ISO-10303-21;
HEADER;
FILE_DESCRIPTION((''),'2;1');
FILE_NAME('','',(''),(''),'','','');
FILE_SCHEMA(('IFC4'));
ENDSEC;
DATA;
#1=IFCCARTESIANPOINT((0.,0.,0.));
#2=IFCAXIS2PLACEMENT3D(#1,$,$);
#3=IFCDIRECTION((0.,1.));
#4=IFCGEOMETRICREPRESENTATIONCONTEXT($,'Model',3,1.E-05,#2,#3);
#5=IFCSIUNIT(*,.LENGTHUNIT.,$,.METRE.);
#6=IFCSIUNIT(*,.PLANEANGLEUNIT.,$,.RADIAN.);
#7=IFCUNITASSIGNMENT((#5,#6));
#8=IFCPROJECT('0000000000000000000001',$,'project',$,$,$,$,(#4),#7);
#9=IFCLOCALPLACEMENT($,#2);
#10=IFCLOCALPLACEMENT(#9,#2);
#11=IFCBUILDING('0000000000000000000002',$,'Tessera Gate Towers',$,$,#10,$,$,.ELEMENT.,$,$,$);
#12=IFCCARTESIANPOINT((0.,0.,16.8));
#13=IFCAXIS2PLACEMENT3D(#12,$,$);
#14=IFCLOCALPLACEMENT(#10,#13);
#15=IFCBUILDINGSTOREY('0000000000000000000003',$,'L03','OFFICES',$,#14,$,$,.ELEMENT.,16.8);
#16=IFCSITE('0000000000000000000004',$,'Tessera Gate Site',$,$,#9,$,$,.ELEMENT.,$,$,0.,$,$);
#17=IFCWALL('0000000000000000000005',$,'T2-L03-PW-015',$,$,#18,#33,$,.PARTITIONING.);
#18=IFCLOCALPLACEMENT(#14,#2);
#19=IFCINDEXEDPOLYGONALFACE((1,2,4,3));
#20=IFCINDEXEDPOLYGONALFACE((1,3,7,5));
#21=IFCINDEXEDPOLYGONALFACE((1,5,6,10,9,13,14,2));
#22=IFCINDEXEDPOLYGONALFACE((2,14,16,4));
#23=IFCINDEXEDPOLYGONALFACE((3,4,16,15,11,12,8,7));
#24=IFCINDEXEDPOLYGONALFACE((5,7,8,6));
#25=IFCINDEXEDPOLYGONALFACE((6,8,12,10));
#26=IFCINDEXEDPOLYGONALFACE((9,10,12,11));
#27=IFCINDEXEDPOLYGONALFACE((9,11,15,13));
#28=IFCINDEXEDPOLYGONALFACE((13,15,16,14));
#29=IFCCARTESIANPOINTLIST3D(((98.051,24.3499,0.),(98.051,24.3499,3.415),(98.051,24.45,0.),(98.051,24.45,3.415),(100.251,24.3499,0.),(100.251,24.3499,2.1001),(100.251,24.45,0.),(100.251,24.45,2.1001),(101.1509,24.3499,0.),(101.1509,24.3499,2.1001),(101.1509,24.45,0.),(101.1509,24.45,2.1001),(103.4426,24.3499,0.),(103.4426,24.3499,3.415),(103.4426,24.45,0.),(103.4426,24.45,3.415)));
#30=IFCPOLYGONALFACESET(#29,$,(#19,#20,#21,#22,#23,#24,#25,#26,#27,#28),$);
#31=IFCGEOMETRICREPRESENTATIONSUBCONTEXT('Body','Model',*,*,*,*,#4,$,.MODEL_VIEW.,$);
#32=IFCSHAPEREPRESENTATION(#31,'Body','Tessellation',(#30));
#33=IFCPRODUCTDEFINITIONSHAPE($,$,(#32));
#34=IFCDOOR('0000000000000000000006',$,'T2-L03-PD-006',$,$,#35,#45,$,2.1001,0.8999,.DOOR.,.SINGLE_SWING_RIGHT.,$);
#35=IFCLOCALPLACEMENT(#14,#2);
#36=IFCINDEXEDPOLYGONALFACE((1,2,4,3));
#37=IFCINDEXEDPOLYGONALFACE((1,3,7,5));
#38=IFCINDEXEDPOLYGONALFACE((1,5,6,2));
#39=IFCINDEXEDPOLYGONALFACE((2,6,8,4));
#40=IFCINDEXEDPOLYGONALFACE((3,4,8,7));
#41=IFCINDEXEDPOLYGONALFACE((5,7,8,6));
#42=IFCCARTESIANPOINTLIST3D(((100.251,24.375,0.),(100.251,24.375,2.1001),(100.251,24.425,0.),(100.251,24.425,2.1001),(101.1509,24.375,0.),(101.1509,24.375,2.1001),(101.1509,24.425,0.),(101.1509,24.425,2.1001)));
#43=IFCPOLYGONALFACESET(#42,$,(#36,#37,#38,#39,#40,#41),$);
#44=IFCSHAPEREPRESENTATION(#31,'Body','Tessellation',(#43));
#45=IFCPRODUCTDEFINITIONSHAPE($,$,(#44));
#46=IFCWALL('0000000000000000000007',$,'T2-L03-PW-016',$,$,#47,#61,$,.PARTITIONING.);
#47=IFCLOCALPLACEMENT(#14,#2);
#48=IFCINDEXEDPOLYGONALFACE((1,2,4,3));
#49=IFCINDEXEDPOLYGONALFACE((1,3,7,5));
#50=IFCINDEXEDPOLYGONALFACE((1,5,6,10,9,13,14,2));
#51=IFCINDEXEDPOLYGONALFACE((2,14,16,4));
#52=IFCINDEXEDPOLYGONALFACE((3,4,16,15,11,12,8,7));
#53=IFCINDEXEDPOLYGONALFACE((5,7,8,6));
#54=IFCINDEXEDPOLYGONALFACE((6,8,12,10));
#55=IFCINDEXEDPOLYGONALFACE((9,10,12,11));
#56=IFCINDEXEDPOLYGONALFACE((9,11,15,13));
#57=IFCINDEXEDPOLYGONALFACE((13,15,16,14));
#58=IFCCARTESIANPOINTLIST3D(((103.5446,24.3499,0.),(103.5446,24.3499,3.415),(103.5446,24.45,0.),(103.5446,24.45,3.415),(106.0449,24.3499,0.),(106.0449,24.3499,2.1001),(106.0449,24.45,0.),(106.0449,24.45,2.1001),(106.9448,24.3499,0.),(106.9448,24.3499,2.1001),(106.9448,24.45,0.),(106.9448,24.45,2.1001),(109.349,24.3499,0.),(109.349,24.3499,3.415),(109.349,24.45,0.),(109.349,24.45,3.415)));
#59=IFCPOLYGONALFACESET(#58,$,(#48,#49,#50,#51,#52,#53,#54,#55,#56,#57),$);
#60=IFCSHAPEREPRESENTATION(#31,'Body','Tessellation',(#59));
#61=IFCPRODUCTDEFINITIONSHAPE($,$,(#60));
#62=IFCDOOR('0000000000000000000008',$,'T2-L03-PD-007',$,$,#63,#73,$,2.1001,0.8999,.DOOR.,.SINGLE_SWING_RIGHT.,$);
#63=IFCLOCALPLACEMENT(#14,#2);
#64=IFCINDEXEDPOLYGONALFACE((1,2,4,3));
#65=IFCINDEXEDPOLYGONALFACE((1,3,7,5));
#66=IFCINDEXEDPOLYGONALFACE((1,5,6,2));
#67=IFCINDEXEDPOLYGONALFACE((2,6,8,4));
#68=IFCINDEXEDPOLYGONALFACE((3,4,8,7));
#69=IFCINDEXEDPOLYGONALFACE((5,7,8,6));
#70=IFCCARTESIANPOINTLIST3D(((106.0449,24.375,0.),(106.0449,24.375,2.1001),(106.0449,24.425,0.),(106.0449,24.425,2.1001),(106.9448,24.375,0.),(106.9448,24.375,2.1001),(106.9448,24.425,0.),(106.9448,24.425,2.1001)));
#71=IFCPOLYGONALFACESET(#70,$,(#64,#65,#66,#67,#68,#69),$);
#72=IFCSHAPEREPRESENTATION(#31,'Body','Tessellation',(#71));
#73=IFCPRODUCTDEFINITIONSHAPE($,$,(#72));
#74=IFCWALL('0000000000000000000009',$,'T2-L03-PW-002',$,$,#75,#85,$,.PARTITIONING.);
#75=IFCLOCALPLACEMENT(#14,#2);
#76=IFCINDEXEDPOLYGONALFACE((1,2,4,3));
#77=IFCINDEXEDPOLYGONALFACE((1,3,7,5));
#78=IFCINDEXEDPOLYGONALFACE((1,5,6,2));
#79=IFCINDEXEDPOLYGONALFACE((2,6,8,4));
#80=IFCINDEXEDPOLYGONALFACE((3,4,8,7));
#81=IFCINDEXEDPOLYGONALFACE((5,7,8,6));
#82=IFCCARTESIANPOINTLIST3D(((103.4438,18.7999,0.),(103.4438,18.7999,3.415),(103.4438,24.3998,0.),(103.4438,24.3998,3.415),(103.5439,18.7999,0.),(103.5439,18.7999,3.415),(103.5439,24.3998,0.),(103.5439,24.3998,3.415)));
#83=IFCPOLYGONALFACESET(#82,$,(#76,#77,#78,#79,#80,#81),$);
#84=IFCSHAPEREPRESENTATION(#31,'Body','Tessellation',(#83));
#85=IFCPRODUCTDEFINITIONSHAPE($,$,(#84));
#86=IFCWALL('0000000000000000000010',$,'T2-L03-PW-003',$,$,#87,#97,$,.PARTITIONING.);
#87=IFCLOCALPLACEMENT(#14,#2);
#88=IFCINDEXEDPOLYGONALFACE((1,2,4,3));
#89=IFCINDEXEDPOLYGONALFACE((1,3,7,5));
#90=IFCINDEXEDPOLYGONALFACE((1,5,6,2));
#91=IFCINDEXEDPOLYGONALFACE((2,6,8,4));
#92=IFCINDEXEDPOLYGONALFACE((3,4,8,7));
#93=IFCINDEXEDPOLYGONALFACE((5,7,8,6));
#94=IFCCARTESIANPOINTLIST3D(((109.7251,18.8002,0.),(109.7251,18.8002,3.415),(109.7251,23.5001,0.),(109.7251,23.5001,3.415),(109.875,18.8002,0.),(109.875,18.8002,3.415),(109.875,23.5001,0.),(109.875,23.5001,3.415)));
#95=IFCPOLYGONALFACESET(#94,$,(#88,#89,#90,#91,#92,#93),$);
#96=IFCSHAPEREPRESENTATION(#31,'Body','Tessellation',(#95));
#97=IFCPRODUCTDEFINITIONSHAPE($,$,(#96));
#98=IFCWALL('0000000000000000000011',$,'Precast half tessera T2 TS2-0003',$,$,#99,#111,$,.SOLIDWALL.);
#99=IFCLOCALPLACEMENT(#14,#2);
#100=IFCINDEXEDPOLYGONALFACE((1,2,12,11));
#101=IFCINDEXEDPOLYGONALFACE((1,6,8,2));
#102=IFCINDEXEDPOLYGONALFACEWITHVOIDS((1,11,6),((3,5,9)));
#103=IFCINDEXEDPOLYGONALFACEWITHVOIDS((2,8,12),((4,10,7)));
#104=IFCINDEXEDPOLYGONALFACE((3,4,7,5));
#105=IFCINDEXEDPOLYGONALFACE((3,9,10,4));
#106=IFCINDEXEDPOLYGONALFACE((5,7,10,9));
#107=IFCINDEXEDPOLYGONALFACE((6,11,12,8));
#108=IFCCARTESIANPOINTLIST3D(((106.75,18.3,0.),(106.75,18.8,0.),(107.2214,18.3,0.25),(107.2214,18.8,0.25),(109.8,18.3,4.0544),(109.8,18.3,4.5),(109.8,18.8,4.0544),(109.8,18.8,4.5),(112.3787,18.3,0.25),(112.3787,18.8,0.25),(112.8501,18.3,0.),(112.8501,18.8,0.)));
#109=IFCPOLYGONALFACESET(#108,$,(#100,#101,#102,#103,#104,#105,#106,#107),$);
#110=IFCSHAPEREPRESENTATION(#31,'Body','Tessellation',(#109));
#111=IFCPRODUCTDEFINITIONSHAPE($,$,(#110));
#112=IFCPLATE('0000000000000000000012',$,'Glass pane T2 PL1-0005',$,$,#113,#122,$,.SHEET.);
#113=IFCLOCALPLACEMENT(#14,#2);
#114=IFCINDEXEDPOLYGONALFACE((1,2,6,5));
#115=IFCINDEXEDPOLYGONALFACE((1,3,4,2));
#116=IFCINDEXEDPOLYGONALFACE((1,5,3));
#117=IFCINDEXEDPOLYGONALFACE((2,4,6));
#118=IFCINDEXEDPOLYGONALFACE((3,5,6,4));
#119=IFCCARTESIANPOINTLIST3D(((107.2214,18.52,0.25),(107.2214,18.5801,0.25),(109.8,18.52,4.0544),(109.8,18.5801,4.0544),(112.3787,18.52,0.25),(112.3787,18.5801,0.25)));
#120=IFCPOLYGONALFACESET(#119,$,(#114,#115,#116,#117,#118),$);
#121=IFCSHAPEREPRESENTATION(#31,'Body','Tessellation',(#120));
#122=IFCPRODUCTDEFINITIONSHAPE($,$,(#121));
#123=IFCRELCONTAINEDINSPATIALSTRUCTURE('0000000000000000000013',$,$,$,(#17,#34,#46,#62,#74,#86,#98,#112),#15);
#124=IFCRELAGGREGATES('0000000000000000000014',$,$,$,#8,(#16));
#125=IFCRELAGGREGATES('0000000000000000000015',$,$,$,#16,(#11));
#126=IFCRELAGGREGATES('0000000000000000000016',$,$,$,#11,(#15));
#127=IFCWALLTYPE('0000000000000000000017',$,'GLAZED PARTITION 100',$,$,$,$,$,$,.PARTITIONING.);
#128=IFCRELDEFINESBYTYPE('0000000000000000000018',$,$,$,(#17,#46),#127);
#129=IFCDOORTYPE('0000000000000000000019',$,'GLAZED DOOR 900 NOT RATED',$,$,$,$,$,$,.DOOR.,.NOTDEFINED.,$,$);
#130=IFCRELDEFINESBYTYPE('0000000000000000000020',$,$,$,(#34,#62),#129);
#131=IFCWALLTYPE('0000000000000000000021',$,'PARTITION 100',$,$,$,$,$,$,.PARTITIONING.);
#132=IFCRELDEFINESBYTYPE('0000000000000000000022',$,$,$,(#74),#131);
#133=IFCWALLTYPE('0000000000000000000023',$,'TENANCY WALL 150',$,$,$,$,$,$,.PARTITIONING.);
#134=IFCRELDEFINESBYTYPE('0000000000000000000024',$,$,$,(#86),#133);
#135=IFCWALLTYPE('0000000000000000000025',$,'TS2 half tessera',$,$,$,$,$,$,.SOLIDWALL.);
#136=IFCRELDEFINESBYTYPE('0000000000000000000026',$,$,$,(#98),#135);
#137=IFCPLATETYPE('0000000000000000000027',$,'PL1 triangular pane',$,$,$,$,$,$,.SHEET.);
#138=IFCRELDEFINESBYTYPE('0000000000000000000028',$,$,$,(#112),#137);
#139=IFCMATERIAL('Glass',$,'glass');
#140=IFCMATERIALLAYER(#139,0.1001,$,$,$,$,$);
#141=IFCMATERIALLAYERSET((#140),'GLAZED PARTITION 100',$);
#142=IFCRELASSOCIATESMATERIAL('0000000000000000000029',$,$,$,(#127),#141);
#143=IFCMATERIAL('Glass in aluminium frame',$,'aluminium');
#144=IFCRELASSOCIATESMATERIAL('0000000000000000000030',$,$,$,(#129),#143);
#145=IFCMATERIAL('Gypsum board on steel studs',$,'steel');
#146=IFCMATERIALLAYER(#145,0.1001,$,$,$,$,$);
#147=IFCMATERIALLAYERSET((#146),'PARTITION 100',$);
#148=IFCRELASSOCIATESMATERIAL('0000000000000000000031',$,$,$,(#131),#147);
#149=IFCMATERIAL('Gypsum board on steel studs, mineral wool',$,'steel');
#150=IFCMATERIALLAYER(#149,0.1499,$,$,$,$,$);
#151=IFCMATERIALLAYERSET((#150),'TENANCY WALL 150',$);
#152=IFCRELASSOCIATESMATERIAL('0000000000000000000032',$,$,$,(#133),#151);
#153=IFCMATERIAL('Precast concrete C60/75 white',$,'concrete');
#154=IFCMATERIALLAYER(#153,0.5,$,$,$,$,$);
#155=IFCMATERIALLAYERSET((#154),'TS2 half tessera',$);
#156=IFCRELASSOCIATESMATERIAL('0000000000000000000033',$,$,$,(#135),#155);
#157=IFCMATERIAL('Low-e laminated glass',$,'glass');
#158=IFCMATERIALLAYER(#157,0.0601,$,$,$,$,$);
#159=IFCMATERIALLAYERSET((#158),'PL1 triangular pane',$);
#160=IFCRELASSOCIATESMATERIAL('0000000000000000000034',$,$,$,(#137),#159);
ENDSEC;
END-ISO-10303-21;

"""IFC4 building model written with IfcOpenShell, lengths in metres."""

from ifc_helpers import new_model, si_unit, direction, frame, frame_2d, origin, place, context, subcontext, project, spatial, polyline, rectangle, outline, extrude, source, transform, mapped, material, layer, layer_set, type_object, element, fill, save


model = new_model("IFC4")

# Units and contexts
model_context = context("Model", 3, precision=1e-05, world=origin(), true_north=direction((0.0, 1.0)))
body_context = subcontext(model_context, "Body", "Model", "MODEL_VIEW")
ifc_project = project(units=[si_unit("LENGTHUNIT", "METRE"), si_unit("PLANEANGLEUNIT", "RADIAN")], contexts=[model_context])

# Site, building, storey
site_placement = place(None, origin())
site = spatial("IfcSite", under=ifc_project, at=site_placement, Name="Tessera Gate Site", CompositionType="ELEMENT", RefElevation=0.0)
building_placement = place(site_placement, origin())
building = spatial("IfcBuilding", under=site, at=building_placement, Name="Tessera Gate Towers", CompositionType="ELEMENT")
storey_placement = place(building_placement, frame((0.0, 0.0, 16.8)))
storey = spatial("IfcBuildingStorey", under=building, at=storey_placement, Name="L03", Description="OFFICES", CompositionType="ELEMENT", Elevation=16.8)

# Shared definitions
ifc_material_1 = material(Name="Glass", Category="glass")
ifc_layer_1 = layer(ifc_material_1, 0.1001)
ifc_layer_set_1 = layer_set([ifc_layer_1], Name="GLAZED PARTITION 100")
wall_type_1 = type_object("IfcWallType", Name="GLAZED PARTITION 100", PredefinedType="PARTITIONING", material=ifc_layer_set_1)

# Walls, openings, doors
wall_1_placement = place(storey_placement, frame((103.4426, 24.3999, 0.0), z_axis=(0.0, 0.0, 1.0), x_axis=(-1.0, 0.0, 0.0)))
wall_1 = element("IfcWall", 1, at=wall_1_placement, inside=storey, type_object=wall_type_1, Name="T2-L03-PW-015", PredefinedType="PARTITIONING", context=body_context, shape_type="SweptSolid", body=[
    extrude(rectangle(XDim=5.3916, YDim=0.1001, at=frame_2d((2.6958, 0.0))), origin(), (0.0, 0.0, 1.0), 3.415),
])
shared_shape_1 = source(origin(), body_context, "Body", "SweptSolid", [
    extrude(rectangle(XDim=0.8999, YDim=2.1001, at=frame_2d((0.45, 1.05))), frame((0.0, 0.0601, 0.0), z_axis=(0.0, -1.0, 0.0), x_axis=(1.0, 0.0, 0.0)), (0.0, 0.0, 1.0), 0.1201),
])
opening_1_placement = place(wall_1_placement, frame((2.2917, 0.0, 0.0)))
opening_1 = element("IfcOpeningElement", 2, at=opening_1_placement, cuts=wall_1, PredefinedType="OPENING", context=body_context, shape_type="MappedRepresentation", body=[
    mapped(shared_shape_1, transform((0.0, 0.0, 0.0), scale=1.0)),
])
ifc_material_2 = material(Name="Glass in aluminium frame", Category="aluminium")
door_type = type_object("IfcDoorType", Name="GLAZED DOOR 900 NOT RATED", OperationType="NOTDEFINED", PredefinedType="DOOR", material=ifc_material_2)
shared_shape_2 = source(origin(), body_context, "Body", "SweptSolid", [
    extrude(rectangle(XDim=0.8999, YDim=2.1001, at=frame_2d((0.45, 1.05))), frame((0.0, 0.0249, 0.0), z_axis=(0.0, -1.0, 0.0), x_axis=(1.0, 0.0, 0.0)), (0.0, 0.0, 1.0), 0.05),
])
door_1_placement = place(opening_1_placement, origin())
door_1 = element("IfcDoor", 3, at=door_1_placement, inside=storey, type_object=door_type, Name="T2-L03-PD-006", OperationType="SINGLE_SWING_RIGHT", OverallHeight=2.1001, OverallWidth=0.8999, PredefinedType="DOOR", context=body_context, shape_type="MappedRepresentation", body=[
    mapped(shared_shape_2, transform((0.0, 0.0, 0.0), scale=1.0)),
])
fill(opening_1, door_1)
wall_2_placement = place(storey_placement, frame((109.3491, 24.3999, 0.0), z_axis=(0.0, 0.0, 1.0), x_axis=(-1.0, 0.0, 0.0)))
wall_2 = element("IfcWall", 4, at=wall_2_placement, inside=storey, type_object=wall_type_1, Name="T2-L03-PW-016", PredefinedType="PARTITIONING", context=body_context, shape_type="SweptSolid", body=[
    extrude(rectangle(XDim=5.8044, YDim=0.1001, at=frame_2d((2.9023, 0.0))), origin(), (0.0, 0.0, 1.0), 3.415),
])
opening_2_placement = place(wall_2_placement, frame((2.4043, 0.0, 0.0)))
opening_2 = element("IfcOpeningElement", 5, at=opening_2_placement, cuts=wall_2, PredefinedType="OPENING", context=body_context, shape_type="MappedRepresentation", body=[
    mapped(shared_shape_1, transform((0.0, 0.0, 0.0), scale=1.0)),
])
door_2_placement = place(opening_2_placement, origin())
door_2 = element("IfcDoor", 6, at=door_2_placement, inside=storey, type_object=door_type, Name="T2-L03-PD-007", OperationType="SINGLE_SWING_RIGHT", OverallHeight=2.1001, OverallWidth=0.8999, PredefinedType="DOOR", context=body_context, shape_type="MappedRepresentation", body=[
    mapped(shared_shape_2, transform((0.0, 0.0, 0.0), scale=1.0)),
])
fill(opening_2, door_2)

# Walls
ifc_material_3 = material(Name="Gypsum board on steel studs", Category="steel")
ifc_layer_2 = layer(ifc_material_3, 0.1001)
ifc_layer_set_2 = layer_set([ifc_layer_2], Name="PARTITION 100")
wall_type_2 = type_object("IfcWallType", Name="PARTITION 100", PredefinedType="PARTITIONING", material=ifc_layer_set_2)
wall_3_placement = place(storey_placement, frame((103.4939, 18.8, 0.0), z_axis=(0.0, 0.0, 1.0), x_axis=(0.0, 1.0, 0.0)))
element("IfcWall", 7, at=wall_3_placement, inside=storey, type_object=wall_type_2, Name="T2-L03-PW-002", PredefinedType="PARTITIONING", context=body_context, shape_type="SweptSolid", body=[
    extrude(rectangle(XDim=5.5999, YDim=0.1001, at=frame_2d((2.7998, 0.0))), origin(), (0.0, 0.0, 1.0), 3.415),
])
ifc_material_4 = material(Name="Gypsum board on steel studs, mineral wool", Category="steel")
ifc_layer_3 = layer(ifc_material_4, 0.1499)
ifc_layer_set_3 = layer_set([ifc_layer_3], Name="TENANCY WALL 150")
wall_type_3 = type_object("IfcWallType", Name="TENANCY WALL 150", PredefinedType="PARTITIONING", material=ifc_layer_set_3)
wall_4_placement = place(storey_placement, frame((109.8, 18.8, 0.0), z_axis=(0.0, 0.0, 1.0), x_axis=(0.0, 1.0, 0.0)))
element("IfcWall", 8, at=wall_4_placement, inside=storey, type_object=wall_type_3, Name="T2-L03-PW-003", PredefinedType="PARTITIONING", context=body_context, shape_type="SweptSolid", body=[
    extrude(rectangle(XDim=4.7, YDim=0.1499, at=frame_2d((2.3501, 0.0))), origin(), (0.0, 0.0, 1.0), 3.415),
])

# Wall, opening, plate
ifc_material_5 = material(Name="Precast concrete C60/75 white", Category="concrete")
ifc_layer_4 = layer(ifc_material_5, 0.5)
ifc_layer_set_4 = layer_set([ifc_layer_4], Name="TS2 half tessera")
wall_type_4 = type_object("IfcWallType", Name="TS2 half tessera", PredefinedType="SOLIDWALL", material=ifc_layer_set_4)
shared_shape_3 = source(origin(), body_context, "Body", "SweptSolid", [
    extrude(outline(polyline([(6.1001, 0.0), (3.05, 4.5), (0.0, 0.0), (6.1001, 0.0)])), frame((0.0, 0.25, 0.0), z_axis=(0.0, -1.0, 0.0), x_axis=(1.0, 0.0, 0.0)), (0.0, 0.0, 1.0), 0.5),
])
wall_5_placement = place(storey_placement, frame((106.75, 18.55, 0.0), z_axis=(0.0, 0.0, 1.0), x_axis=(1.0, 0.0, 0.0)))
wall_5 = element("IfcWall", 9, at=wall_5_placement, inside=storey, type_object=wall_type_4, Name="Precast half tessera T2 TS2-0003", PredefinedType="SOLIDWALL", context=body_context, shape_type="MappedRepresentation", body=[
    mapped(shared_shape_3, transform((0.0, 0.0, 0.0), scale=1.0)),
])
shared_shape_4 = source(origin(), body_context, "Body", "SweptSolid", [
    extrude(outline(polyline([(5.6287, 0.25), (3.05, 4.0544), (0.4714, 0.25), (5.6287, 0.25)])), frame((0.0, 0.26, 0.0), z_axis=(0.0, -1.0, 0.0), x_axis=(1.0, 0.0, 0.0)), (0.0, 0.0, 1.0), 0.52),
])
opening_3_placement = place(wall_5_placement, origin())
opening_3 = element("IfcOpeningElement", 10, at=opening_3_placement, cuts=wall_5, PredefinedType="OPENING", context=body_context, shape_type="MappedRepresentation", body=[
    mapped(shared_shape_4, transform((0.0, 0.0, 0.0), scale=1.0)),
])
ifc_material_6 = material(Name="Low-e laminated glass", Category="glass")
ifc_layer_5 = layer(ifc_material_6, 0.0601)
ifc_layer_set_5 = layer_set([ifc_layer_5], Name="PL1 triangular pane")
plate_type = type_object("IfcPlateType", Name="PL1 triangular pane", PredefinedType="SHEET", material=ifc_layer_set_5)
shared_shape_5 = source(origin(), body_context, "Body", "SweptSolid", [
    extrude(outline(polyline([(5.6287, 0.25), (3.05, 4.0544), (0.4714, 0.25), (5.6287, 0.25)])), frame((0.0, 0.03, 0.0), z_axis=(0.0, -1.0, 0.0), x_axis=(1.0, 0.0, 0.0)), (0.0, 0.0, 1.0), 0.0601),
])
plate_placement = place(opening_3_placement, origin())
plate = element("IfcPlate", 11, at=plate_placement, inside=storey, type_object=plate_type, Name="Glass pane T2 PL1-0005", PredefinedType="SHEET", context=body_context, shape_type="MappedRepresentation", body=[
    mapped(shared_shape_5, transform((0.0, 0.0, 0.0), scale=1.0)),
])
fill(opening_3, plate)

save(model, "model.ifc")
